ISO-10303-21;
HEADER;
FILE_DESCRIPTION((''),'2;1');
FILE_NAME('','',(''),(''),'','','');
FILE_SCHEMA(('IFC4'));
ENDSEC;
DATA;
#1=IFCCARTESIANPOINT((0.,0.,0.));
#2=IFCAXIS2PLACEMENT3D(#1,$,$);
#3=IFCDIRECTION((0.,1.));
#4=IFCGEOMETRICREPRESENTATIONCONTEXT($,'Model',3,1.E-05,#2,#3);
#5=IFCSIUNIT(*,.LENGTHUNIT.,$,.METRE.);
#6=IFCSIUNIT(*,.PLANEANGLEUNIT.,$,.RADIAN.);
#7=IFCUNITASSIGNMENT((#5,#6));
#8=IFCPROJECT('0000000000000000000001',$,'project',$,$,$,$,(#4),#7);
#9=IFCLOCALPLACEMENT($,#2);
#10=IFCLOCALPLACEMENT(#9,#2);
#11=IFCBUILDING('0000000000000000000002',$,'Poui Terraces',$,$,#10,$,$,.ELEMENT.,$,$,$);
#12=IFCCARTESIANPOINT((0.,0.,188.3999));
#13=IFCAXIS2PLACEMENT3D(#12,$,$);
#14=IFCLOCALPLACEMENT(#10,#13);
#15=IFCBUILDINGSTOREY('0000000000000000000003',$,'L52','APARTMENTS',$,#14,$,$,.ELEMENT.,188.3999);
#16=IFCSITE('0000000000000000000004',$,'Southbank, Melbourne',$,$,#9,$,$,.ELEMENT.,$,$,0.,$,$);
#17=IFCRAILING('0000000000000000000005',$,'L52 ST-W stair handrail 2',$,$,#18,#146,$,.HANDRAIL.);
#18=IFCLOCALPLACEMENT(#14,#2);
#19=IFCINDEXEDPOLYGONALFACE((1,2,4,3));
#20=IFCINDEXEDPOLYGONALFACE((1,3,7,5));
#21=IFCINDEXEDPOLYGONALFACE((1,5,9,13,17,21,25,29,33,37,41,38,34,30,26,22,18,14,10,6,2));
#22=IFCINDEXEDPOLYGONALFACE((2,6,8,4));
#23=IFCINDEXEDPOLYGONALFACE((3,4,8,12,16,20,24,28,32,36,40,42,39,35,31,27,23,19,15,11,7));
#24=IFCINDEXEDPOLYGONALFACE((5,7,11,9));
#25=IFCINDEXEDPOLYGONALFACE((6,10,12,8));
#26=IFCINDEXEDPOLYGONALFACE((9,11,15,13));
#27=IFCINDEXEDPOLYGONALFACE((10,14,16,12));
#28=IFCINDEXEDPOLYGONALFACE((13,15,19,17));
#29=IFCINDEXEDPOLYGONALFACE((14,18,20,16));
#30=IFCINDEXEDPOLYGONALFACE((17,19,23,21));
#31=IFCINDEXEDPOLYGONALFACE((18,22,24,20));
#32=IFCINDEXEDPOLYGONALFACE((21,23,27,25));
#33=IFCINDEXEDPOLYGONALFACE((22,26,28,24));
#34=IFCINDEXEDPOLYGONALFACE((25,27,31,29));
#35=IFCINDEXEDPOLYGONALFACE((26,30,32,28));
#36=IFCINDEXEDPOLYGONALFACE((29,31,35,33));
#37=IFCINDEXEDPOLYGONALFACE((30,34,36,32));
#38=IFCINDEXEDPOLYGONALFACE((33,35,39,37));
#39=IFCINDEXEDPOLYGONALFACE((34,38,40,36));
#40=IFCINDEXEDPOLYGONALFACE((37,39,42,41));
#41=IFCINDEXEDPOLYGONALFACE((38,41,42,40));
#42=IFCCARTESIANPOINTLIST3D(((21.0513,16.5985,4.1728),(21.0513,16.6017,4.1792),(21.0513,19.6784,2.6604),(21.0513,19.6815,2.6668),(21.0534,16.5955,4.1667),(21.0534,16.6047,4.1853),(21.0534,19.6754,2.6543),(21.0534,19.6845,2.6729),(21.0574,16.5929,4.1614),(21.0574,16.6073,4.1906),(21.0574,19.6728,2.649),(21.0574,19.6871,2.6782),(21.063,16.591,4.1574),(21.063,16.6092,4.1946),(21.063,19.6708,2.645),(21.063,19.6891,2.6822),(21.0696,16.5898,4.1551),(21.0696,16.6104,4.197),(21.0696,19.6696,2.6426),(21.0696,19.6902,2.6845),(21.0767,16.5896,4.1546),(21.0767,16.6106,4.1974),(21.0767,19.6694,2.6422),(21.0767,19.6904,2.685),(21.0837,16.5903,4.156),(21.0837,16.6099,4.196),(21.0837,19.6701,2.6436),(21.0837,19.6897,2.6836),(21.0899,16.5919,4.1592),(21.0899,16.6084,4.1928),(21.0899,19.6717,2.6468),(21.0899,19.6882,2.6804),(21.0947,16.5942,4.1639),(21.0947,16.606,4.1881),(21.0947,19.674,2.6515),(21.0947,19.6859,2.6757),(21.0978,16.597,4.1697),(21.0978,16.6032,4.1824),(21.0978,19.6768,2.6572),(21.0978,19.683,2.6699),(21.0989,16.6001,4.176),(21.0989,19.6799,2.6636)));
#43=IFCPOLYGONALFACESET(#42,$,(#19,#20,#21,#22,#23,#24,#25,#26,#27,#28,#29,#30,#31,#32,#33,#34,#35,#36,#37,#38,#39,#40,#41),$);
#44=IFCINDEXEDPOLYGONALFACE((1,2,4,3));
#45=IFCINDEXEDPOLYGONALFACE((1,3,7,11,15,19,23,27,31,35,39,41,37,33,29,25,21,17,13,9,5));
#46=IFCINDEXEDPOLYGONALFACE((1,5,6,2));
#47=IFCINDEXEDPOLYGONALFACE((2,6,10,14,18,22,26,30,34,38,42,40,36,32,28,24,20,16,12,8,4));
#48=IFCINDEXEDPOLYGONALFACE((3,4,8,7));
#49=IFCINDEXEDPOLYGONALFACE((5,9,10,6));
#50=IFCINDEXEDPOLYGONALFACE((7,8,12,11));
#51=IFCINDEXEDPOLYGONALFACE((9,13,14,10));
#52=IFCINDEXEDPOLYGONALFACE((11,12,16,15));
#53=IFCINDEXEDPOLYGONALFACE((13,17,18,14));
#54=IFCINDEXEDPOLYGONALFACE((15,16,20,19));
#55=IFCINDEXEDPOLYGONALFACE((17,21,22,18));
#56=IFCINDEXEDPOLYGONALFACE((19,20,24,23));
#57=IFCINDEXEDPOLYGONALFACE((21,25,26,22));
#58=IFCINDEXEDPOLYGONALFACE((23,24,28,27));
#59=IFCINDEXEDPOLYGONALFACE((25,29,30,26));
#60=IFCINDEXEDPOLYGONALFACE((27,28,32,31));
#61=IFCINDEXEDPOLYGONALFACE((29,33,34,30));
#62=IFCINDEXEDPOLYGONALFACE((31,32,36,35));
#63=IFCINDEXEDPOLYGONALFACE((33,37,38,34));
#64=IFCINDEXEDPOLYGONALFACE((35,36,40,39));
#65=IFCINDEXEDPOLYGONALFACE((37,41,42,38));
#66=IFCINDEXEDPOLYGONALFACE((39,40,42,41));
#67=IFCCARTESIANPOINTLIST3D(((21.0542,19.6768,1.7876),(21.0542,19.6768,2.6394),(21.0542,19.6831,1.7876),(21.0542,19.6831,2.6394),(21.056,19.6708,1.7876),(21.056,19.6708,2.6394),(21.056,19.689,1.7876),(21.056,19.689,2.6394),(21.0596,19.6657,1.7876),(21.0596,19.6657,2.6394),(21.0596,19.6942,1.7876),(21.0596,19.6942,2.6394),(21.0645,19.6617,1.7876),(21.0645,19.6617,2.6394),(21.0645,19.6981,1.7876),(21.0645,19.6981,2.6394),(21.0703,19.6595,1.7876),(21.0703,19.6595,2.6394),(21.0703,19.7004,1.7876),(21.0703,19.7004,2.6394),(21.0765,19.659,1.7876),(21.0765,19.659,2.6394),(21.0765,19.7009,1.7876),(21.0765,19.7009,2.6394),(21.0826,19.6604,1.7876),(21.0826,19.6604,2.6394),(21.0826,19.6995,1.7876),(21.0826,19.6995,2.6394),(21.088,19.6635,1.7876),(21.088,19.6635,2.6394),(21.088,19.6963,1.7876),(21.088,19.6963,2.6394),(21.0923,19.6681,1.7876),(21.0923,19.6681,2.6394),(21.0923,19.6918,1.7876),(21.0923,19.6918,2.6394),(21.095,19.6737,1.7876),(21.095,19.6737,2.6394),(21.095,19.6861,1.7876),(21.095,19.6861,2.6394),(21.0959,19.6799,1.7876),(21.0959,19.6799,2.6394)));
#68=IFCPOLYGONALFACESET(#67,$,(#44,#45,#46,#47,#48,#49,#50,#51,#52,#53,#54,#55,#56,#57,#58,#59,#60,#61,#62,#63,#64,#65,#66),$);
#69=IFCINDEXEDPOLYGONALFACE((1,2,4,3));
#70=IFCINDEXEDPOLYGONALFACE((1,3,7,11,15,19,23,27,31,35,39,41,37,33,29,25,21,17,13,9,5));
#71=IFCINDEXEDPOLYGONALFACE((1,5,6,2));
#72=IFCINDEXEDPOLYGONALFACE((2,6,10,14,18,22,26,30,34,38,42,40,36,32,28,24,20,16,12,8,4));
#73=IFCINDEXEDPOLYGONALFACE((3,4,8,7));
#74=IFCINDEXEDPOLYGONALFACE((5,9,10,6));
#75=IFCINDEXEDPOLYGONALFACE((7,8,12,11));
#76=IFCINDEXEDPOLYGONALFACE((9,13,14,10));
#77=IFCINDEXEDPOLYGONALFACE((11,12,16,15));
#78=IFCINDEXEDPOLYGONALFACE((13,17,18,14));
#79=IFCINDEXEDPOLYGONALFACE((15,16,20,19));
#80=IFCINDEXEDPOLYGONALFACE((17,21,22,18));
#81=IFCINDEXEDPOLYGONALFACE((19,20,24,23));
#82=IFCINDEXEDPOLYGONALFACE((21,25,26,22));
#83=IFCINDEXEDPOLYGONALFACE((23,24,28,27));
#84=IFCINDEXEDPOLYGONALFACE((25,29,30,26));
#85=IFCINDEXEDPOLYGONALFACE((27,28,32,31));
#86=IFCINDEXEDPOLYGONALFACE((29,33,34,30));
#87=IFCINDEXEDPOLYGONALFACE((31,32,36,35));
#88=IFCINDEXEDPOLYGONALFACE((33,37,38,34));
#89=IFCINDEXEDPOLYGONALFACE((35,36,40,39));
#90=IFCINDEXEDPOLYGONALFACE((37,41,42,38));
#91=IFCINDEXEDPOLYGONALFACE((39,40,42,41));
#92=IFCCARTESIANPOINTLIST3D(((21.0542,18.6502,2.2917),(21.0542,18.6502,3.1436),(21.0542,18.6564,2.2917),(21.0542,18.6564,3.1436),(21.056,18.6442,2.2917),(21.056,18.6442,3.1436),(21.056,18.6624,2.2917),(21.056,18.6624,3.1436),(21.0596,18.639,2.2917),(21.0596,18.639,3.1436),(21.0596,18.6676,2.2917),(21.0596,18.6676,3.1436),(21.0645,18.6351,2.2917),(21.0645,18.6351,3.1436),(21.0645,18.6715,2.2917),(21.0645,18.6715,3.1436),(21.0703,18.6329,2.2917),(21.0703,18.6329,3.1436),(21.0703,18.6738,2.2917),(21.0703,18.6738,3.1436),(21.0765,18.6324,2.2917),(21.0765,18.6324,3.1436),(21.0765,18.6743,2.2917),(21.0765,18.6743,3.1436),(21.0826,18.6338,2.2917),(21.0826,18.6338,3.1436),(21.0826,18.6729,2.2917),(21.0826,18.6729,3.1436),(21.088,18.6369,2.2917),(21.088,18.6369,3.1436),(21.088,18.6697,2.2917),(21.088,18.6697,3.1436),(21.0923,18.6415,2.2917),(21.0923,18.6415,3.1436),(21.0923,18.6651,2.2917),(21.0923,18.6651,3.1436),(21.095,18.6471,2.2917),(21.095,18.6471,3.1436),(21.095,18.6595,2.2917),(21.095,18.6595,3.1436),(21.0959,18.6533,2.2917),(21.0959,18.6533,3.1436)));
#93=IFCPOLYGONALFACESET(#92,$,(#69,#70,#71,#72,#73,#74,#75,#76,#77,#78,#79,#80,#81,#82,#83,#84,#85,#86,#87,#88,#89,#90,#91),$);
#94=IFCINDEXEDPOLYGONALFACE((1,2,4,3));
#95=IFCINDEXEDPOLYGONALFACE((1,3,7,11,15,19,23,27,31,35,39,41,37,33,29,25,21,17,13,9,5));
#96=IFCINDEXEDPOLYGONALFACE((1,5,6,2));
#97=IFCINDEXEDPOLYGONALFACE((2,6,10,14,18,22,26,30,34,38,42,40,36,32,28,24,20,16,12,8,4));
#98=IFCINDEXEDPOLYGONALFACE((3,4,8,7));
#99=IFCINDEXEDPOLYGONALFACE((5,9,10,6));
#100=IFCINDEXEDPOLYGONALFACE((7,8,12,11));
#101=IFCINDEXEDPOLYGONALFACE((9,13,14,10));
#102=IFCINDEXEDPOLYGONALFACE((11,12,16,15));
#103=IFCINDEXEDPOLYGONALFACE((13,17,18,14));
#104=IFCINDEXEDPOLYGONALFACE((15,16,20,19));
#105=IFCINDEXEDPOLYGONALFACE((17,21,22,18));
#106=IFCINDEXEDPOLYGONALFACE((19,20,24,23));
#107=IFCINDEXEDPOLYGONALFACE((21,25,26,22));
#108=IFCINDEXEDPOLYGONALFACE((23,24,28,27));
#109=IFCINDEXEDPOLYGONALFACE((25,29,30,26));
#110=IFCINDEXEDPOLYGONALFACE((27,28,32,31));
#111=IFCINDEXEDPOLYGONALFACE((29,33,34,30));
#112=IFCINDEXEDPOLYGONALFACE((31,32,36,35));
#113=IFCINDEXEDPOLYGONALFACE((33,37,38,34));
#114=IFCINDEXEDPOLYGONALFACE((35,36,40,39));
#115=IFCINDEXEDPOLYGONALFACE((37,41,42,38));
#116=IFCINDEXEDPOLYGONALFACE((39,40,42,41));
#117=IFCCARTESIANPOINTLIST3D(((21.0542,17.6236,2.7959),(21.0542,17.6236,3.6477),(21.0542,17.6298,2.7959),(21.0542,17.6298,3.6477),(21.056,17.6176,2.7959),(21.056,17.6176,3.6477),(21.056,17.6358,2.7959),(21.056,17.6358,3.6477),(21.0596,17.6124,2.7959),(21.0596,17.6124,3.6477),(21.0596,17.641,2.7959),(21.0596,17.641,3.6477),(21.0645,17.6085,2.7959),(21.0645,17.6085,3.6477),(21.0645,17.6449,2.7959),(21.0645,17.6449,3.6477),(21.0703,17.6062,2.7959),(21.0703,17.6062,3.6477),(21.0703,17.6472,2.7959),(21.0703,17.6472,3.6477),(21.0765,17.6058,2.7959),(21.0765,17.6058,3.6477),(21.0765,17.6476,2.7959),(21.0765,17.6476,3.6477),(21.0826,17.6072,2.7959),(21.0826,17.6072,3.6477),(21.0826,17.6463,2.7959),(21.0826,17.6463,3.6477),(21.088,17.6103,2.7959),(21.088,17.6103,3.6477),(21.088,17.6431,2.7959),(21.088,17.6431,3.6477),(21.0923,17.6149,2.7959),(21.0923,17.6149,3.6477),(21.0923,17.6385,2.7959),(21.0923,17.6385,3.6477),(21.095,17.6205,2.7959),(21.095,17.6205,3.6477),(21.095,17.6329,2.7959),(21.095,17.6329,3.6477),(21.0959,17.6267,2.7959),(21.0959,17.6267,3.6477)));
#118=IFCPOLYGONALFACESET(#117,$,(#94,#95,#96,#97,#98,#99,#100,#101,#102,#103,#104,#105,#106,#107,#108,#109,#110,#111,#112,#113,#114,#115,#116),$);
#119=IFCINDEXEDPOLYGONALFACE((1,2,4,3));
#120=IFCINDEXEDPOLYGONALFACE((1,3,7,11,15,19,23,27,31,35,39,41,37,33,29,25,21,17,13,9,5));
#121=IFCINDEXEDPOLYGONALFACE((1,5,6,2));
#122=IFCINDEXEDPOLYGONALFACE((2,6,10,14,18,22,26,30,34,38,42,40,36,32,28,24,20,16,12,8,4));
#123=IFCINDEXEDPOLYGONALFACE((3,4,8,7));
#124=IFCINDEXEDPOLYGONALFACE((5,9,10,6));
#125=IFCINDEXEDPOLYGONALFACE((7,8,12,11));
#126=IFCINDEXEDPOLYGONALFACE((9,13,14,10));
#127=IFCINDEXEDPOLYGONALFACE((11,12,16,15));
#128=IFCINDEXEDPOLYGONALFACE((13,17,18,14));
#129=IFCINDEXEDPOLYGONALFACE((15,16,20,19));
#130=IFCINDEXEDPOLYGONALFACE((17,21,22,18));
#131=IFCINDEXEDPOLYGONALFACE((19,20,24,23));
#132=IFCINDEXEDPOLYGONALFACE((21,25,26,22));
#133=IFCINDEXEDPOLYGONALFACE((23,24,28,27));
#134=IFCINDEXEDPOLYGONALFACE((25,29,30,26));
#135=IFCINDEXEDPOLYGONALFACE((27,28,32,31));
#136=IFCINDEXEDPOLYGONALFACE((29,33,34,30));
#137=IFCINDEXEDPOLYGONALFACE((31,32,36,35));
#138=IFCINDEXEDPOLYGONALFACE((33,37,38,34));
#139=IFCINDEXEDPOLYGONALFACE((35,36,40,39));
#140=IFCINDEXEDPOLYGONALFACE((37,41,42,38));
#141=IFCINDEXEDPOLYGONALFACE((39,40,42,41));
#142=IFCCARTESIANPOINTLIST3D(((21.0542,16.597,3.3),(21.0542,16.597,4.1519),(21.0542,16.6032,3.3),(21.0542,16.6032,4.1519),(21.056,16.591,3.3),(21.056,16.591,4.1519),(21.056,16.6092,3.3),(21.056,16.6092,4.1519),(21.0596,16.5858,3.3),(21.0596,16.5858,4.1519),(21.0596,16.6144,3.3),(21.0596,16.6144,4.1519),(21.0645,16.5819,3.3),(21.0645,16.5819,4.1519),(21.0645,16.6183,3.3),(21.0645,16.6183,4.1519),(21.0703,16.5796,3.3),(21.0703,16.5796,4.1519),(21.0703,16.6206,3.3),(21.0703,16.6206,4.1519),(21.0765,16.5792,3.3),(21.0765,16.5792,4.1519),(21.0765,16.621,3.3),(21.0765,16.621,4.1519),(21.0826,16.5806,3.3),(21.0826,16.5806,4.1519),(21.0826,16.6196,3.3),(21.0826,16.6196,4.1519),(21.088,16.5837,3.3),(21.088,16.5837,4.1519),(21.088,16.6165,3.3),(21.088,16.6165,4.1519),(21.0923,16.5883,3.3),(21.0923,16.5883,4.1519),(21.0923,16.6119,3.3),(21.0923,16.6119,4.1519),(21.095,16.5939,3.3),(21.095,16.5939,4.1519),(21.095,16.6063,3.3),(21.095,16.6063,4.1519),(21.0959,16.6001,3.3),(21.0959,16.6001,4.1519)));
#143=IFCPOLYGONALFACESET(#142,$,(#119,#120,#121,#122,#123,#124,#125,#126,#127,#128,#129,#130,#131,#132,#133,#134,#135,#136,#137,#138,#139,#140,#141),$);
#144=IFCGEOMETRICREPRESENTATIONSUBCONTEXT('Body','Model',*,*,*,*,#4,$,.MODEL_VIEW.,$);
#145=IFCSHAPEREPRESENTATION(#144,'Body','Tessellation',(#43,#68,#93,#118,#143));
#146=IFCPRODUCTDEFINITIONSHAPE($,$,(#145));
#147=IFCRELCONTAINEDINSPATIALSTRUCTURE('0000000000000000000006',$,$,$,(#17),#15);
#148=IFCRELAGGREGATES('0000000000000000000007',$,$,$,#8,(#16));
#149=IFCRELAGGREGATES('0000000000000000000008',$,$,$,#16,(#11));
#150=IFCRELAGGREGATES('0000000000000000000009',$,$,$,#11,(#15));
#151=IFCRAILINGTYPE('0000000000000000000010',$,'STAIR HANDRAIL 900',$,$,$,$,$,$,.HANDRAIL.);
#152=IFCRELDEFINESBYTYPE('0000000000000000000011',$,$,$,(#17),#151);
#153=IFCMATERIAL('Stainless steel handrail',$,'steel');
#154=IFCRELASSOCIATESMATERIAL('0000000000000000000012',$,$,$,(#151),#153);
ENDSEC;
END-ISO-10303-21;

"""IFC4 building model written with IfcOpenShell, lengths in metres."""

from ifc_helpers import new_model, si_unit, direction, frame, origin, origin_2d, place, context, subcontext, project, spatial, circle, extrude, material, type_object, element, save


model = new_model("IFC4")

# Units and contexts
model_context = context("Model", 3, precision=1e-05, world=origin(), true_north=direction((0.0, 1.0)))
body_context = subcontext(model_context, "Body", "Model", "MODEL_VIEW")
ifc_project = project(units=[si_unit("LENGTHUNIT", "METRE"), si_unit("PLANEANGLEUNIT", "RADIAN")], contexts=[model_context])

# Site, building, storey
site_placement = place(None, origin())
site = spatial("IfcSite", under=ifc_project, at=site_placement, Name="Southbank, Melbourne", CompositionType="ELEMENT", RefElevation=0.0)
building_placement = place(site_placement, origin())
building = spatial("IfcBuilding", under=site, at=building_placement, Name="Poui Terraces", CompositionType="ELEMENT")
storey_placement = place(building_placement, frame((0.0, 0.0, 188.3999)))
storey = spatial("IfcBuildingStorey", under=building, at=storey_placement, Name="L52", Description="APARTMENTS", CompositionType="ELEMENT", Elevation=188.3999)

# Railing
ifc_material_1 = material(Name="Stainless steel handrail", Category="steel")
railing_type_1 = type_object("IfcRailingType", Name="STAIR HANDRAIL 900", PredefinedType="HANDRAIL", material=ifc_material_1)
railing_1_placement = place(storey_placement, frame((21.075, 19.6799, 1.7876)))
element("IfcRailing", 1, at=railing_1_placement, inside=storey, type_object=railing_type_1, Name="L52 ST-W stair handrail 2", PredefinedType="HANDRAIL", context=body_context, shape_type="SweptSolid", body=[
    extrude(circle(Radius=0.0239, at=origin_2d()), frame((0.0, 0.0, 0.876), z_axis=(0.0, -0.897606, 0.440798), x_axis=(1.0, 0.0, 0.0)), (0.0, 0.0, 1.0), 3.4312),
    extrude(circle(Radius=0.021, at=origin_2d()), origin(), (0.0, 0.0, 1.0), 0.8518),
    extrude(circle(Radius=0.021, at=origin_2d()), frame((0.0, -1.0266, 0.5042)), (0.0, 0.0, 1.0), 0.8518),
    extrude(circle(Radius=0.021, at=origin_2d()), frame((0.0, -2.0532, 1.0083)), (0.0, 0.0, 1.0), 0.8518),
    extrude(circle(Radius=0.021, at=origin_2d()), frame((0.0, -3.0798, 1.5125)), (0.0, 0.0, 1.0), 0.8518),
])

save(model, "model.ifc")
